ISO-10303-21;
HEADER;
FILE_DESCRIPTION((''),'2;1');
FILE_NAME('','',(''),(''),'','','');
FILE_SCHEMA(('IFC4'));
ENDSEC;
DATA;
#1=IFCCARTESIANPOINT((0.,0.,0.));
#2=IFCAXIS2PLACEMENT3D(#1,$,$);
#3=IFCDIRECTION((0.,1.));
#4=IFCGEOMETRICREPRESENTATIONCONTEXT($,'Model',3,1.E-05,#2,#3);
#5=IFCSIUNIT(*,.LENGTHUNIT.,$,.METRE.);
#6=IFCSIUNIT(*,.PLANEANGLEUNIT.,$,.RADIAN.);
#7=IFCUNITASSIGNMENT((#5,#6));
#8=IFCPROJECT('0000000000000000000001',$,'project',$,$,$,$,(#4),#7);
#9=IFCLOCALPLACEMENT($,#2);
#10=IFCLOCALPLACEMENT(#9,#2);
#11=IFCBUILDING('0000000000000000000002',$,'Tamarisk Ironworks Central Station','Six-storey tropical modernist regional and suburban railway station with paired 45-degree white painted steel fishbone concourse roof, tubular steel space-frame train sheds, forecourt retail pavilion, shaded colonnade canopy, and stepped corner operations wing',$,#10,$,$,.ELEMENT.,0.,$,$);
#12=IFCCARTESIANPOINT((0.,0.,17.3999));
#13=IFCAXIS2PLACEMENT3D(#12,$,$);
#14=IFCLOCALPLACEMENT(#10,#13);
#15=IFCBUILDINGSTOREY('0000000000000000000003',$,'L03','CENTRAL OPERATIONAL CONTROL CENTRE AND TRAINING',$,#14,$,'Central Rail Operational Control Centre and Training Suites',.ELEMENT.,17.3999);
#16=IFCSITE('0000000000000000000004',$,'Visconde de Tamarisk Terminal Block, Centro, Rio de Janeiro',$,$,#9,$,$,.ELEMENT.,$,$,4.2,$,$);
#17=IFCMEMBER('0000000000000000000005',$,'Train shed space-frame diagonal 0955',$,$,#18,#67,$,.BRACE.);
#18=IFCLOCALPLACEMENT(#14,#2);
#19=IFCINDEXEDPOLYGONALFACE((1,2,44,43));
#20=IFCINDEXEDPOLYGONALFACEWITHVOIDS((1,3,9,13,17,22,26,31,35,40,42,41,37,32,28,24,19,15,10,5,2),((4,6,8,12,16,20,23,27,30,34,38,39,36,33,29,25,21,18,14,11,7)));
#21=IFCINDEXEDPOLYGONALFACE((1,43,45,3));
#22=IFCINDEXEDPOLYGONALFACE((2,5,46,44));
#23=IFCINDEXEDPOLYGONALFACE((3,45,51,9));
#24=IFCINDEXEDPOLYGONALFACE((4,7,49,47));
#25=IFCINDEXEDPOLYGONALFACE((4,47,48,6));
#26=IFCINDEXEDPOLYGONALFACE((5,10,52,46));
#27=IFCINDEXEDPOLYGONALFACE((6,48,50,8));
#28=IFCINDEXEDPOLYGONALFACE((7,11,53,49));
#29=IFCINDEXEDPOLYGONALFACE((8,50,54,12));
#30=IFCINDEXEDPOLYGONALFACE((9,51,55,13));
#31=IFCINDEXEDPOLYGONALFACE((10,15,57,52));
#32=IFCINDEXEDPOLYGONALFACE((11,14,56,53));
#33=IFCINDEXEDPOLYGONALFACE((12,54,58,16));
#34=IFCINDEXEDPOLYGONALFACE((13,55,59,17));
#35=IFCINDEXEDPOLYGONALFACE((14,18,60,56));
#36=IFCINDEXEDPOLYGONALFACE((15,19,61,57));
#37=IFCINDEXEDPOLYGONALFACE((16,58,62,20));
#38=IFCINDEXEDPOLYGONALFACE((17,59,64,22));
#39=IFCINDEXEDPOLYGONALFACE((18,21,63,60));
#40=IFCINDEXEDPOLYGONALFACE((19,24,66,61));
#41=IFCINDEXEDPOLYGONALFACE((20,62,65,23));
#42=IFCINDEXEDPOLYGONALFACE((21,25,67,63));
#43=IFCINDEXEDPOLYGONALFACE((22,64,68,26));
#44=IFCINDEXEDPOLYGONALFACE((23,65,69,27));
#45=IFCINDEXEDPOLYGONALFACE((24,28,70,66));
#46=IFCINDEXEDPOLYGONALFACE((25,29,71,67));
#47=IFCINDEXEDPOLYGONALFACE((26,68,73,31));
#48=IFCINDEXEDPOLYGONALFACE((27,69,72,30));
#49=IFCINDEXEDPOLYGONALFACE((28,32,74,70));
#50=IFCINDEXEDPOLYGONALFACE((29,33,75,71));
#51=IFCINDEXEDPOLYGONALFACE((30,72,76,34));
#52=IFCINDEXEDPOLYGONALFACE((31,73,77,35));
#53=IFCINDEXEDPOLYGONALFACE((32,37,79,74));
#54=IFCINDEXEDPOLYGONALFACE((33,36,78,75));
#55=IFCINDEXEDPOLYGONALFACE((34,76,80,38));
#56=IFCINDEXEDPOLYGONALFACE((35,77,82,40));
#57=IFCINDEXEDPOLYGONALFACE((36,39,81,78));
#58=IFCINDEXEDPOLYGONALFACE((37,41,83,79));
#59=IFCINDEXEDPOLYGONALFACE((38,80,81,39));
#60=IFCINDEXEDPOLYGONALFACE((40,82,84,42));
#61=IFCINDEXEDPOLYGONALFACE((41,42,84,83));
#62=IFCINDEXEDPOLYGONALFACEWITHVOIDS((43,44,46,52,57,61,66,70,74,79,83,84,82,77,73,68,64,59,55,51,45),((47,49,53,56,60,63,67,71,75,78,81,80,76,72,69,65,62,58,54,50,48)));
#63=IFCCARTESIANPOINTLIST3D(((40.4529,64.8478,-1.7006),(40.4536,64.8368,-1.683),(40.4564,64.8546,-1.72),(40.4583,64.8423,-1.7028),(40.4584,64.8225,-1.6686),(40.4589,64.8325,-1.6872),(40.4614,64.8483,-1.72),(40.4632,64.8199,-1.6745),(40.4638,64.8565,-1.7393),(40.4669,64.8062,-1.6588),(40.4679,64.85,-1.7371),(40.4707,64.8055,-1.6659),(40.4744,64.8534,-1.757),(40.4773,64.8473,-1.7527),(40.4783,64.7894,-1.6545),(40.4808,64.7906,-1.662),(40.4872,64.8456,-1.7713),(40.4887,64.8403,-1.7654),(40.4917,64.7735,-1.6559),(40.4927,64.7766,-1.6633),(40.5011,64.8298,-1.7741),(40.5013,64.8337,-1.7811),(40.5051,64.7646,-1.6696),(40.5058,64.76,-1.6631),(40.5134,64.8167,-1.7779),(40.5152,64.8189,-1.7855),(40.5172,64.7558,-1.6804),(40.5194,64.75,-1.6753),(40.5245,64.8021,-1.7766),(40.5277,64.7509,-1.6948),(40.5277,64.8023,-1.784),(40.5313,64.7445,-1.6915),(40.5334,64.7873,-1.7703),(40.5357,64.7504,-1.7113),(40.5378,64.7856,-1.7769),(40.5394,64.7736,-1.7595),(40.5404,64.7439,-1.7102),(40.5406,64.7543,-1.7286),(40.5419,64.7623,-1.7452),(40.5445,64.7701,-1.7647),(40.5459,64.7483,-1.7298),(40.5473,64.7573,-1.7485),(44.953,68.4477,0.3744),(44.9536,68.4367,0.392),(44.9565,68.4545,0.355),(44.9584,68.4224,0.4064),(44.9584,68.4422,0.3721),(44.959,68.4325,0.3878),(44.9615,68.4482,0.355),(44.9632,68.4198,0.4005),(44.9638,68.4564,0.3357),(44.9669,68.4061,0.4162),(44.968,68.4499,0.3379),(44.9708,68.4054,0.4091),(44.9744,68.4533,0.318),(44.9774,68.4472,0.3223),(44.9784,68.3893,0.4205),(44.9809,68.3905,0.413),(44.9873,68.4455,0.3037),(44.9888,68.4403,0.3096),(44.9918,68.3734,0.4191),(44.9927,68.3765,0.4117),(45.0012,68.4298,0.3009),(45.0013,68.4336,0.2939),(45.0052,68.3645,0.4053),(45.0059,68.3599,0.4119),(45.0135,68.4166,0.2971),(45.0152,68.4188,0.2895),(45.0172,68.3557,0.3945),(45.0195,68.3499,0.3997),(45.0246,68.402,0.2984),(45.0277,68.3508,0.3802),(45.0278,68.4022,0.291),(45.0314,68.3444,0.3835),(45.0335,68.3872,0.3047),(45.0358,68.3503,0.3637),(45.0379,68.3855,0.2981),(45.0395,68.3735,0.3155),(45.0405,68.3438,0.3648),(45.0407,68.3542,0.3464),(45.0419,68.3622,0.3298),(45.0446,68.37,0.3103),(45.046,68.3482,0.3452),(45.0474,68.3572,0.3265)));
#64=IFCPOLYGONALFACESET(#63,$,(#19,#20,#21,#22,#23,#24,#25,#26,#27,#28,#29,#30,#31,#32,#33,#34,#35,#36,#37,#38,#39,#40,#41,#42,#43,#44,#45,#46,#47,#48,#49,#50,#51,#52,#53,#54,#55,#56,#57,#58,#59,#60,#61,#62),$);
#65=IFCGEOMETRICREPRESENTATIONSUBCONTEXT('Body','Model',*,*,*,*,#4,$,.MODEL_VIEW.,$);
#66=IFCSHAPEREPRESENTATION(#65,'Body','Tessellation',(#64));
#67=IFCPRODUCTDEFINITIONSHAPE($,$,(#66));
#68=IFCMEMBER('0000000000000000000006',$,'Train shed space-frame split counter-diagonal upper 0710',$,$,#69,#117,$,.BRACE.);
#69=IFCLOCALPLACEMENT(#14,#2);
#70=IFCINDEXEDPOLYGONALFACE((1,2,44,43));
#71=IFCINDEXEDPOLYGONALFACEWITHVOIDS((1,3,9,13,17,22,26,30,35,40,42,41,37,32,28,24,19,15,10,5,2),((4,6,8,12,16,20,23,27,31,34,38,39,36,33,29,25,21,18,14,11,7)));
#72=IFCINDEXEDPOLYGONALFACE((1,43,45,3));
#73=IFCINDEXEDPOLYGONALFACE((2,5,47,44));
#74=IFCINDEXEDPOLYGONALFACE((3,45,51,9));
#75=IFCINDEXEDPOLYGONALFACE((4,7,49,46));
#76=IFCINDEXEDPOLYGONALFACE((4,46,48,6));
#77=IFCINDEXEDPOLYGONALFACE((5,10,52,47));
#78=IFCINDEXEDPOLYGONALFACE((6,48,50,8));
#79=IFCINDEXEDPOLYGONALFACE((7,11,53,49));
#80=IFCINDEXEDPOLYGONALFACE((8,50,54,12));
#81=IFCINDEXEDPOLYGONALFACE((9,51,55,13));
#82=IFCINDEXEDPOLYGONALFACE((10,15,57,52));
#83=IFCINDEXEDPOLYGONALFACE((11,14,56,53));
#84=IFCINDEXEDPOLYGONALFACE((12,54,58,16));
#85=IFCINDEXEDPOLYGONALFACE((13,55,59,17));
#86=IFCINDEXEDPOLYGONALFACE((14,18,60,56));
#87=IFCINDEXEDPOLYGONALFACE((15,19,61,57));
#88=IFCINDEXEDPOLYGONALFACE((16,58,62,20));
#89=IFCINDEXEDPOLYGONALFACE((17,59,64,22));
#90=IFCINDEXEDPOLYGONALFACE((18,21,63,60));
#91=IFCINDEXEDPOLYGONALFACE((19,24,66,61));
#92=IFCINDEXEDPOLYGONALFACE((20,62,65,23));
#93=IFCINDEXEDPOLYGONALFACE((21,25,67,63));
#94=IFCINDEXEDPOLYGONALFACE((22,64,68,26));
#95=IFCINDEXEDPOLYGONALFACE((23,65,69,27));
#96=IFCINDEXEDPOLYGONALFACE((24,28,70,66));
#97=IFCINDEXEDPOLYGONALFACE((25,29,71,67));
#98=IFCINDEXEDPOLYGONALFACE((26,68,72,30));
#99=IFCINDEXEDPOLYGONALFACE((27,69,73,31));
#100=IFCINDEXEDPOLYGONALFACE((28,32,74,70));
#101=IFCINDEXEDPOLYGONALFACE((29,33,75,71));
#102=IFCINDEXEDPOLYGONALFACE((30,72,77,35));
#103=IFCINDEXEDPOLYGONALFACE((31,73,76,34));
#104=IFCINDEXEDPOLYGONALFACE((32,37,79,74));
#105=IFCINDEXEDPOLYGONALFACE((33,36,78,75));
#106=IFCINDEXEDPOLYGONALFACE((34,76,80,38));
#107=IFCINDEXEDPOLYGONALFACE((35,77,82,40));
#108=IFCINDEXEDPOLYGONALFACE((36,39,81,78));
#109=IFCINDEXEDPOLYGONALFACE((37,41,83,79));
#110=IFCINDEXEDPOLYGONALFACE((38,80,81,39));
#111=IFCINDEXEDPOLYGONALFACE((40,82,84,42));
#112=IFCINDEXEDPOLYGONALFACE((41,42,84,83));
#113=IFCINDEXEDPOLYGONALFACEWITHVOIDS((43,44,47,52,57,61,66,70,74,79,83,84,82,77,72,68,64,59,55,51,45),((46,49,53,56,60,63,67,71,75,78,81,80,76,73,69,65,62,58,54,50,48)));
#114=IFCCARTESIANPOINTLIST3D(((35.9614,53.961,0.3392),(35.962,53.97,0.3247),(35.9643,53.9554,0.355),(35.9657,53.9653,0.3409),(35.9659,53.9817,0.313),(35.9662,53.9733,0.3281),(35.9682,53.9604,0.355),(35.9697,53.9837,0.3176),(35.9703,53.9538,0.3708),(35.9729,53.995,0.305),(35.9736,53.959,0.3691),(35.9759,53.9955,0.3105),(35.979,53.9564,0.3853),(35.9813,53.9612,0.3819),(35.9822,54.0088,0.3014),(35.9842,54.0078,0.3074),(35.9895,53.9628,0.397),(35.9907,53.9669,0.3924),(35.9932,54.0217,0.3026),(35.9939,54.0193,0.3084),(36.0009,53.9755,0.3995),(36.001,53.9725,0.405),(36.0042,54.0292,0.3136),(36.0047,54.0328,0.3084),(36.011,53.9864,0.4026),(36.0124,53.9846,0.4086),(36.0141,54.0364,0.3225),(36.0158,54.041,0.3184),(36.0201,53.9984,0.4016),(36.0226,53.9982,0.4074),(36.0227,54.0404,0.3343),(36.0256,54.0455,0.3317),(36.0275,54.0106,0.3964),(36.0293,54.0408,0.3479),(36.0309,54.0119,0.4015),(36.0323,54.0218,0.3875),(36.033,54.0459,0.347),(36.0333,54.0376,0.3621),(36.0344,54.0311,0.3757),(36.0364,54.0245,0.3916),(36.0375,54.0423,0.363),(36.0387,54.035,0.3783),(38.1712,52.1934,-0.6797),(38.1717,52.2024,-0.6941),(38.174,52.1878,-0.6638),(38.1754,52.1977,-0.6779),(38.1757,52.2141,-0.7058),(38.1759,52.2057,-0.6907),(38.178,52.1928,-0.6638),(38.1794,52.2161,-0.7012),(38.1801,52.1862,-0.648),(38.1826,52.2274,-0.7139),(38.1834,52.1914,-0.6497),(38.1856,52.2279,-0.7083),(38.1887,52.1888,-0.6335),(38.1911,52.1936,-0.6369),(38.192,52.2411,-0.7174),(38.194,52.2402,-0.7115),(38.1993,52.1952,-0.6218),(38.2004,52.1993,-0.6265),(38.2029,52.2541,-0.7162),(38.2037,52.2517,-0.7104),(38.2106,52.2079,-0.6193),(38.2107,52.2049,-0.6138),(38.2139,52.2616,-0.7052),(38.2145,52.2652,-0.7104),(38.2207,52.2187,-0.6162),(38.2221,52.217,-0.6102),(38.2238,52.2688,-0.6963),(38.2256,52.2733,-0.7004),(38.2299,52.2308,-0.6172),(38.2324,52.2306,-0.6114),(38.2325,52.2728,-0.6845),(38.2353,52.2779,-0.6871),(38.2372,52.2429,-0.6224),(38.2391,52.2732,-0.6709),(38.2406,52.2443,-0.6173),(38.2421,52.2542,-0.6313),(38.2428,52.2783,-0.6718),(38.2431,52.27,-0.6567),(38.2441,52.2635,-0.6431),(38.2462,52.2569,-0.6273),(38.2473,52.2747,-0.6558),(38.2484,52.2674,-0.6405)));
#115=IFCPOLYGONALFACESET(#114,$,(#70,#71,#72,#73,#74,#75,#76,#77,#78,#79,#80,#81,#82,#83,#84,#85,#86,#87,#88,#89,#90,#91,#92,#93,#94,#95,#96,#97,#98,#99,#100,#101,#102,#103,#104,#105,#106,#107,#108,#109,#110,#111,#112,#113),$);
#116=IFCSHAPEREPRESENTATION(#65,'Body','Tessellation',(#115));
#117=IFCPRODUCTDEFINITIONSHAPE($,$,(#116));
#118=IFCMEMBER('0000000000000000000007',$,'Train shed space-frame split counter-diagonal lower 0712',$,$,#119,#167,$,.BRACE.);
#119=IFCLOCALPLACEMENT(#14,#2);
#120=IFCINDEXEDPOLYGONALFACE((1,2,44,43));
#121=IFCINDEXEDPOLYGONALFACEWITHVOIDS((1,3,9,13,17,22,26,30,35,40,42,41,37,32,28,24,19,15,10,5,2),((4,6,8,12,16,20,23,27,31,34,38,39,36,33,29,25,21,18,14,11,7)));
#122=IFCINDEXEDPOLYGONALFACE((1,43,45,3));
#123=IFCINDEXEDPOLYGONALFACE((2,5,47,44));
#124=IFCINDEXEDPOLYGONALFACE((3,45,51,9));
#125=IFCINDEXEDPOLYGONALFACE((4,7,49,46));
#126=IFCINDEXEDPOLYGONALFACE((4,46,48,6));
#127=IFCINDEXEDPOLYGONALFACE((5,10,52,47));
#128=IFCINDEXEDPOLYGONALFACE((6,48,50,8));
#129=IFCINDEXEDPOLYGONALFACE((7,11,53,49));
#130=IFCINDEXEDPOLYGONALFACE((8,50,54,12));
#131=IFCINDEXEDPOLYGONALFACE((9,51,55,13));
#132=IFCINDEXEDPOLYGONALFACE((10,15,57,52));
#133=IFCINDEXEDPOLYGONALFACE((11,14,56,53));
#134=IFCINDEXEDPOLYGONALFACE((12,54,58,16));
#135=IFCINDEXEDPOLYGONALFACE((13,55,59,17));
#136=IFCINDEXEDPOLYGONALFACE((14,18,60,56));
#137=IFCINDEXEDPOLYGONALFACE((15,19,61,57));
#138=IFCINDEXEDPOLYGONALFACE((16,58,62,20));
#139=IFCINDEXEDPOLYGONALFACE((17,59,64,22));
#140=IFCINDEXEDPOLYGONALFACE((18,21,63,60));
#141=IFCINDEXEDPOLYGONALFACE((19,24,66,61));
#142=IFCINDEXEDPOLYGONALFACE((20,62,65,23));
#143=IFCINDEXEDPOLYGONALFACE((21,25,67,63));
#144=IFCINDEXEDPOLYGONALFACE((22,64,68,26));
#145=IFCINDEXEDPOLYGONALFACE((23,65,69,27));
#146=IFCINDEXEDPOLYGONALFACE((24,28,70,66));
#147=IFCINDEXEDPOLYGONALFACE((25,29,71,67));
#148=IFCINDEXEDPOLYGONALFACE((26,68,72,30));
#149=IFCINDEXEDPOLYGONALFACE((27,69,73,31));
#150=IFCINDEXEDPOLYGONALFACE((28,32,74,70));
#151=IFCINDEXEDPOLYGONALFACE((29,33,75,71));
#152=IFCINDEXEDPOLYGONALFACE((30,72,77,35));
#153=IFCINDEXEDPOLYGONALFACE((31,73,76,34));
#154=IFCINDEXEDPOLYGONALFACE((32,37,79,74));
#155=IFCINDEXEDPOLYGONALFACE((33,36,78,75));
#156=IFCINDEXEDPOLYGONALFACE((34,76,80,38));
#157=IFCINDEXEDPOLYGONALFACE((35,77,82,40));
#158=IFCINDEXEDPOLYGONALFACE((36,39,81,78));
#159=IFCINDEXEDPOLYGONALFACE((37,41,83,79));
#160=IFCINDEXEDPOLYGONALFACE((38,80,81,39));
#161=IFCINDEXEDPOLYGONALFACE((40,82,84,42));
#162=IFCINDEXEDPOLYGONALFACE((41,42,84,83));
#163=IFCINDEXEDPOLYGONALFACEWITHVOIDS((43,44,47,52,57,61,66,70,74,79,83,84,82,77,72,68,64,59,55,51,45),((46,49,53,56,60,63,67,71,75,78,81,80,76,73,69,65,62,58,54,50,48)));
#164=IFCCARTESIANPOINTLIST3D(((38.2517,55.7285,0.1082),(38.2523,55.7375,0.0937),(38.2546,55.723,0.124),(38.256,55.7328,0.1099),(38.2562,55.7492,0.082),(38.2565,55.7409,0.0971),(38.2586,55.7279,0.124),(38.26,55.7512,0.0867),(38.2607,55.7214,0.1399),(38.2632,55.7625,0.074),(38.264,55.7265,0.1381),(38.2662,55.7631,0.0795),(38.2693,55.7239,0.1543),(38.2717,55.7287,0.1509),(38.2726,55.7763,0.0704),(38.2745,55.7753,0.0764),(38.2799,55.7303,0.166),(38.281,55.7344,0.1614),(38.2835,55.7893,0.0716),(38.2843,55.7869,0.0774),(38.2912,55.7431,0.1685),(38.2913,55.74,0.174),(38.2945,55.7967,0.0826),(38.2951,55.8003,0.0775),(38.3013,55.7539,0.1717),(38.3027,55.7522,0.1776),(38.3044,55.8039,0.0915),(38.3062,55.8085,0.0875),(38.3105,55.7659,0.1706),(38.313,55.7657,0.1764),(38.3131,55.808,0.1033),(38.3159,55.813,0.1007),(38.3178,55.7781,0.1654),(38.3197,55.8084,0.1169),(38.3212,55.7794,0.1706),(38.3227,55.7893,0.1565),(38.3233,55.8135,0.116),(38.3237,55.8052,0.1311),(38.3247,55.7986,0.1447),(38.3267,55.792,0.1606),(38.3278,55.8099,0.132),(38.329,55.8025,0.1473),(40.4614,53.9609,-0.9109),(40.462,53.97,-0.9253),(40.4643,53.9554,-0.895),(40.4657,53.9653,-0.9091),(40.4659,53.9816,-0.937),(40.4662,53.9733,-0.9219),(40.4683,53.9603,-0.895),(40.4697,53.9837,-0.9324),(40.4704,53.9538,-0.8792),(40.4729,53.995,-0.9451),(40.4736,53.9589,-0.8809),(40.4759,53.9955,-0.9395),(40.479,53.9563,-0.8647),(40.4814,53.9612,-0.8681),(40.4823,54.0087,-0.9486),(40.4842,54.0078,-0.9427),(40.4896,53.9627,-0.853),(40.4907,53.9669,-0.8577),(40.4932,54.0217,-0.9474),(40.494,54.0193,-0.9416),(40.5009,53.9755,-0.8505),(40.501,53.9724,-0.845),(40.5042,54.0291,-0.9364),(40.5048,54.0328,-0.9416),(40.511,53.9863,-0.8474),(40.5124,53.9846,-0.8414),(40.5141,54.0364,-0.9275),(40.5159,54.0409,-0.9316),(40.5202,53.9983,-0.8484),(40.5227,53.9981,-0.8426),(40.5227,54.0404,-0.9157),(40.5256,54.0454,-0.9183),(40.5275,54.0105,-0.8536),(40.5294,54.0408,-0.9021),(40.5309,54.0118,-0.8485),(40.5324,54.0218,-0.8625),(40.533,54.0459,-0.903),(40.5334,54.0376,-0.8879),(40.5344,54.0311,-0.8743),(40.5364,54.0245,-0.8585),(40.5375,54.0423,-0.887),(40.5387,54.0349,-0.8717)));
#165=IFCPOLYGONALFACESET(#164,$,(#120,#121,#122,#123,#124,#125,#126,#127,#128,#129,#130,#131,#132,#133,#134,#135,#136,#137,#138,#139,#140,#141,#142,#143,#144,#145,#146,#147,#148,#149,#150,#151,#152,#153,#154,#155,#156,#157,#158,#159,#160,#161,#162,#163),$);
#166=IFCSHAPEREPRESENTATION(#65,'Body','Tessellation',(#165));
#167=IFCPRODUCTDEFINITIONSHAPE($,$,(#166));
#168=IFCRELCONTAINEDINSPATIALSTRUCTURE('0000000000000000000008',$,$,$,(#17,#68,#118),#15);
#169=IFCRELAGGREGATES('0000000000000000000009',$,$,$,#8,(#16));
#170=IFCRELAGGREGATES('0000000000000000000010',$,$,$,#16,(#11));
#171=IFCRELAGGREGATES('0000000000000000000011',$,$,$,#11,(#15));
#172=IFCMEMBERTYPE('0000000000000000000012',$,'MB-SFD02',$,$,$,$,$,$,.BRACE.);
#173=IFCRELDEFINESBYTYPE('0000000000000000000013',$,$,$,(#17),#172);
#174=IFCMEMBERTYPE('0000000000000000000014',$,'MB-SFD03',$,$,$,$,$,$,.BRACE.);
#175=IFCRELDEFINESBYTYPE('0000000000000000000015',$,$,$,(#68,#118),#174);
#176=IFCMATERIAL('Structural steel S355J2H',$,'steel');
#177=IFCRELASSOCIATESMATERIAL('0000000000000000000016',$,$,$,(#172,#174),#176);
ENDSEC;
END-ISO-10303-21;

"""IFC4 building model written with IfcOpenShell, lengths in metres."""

from ifc_helpers import new_model, si_unit, direction, frame, origin, origin_2d, place, context, subcontext, project, spatial, hollow_circle, extrude, material, material_profile, profile_set, type_object, element, save


model = new_model("IFC4")

# Units and contexts
model_context = context("Model", 3, precision=1e-05, world=origin(), true_north=direction((0.0, 1.0)))
body_context = subcontext(model_context, "Body", "Model", "MODEL_VIEW")
ifc_project = project(units=[si_unit("LENGTHUNIT", "METRE"), si_unit("PLANEANGLEUNIT", "RADIAN")], contexts=[model_context])

# Site, building, storey
site_placement = place(None, origin())
site = spatial("IfcSite", under=ifc_project, at=site_placement, Name="Visconde de Tamarisk Terminal Block, Centro, Rio de Janeiro", CompositionType="ELEMENT", RefElevation=4.2)
building_placement = place(site_placement, origin())
building = spatial("IfcBuilding", under=site, at=building_placement, Name="Tamarisk Ironworks Central Station", Description="Six-storey tropical modernist regional and suburban railway station with paired 45-degree white painted steel fishbone concourse roof, tubular steel space-frame train sheds, forecourt retail pavilion, shaded colonnade canopy, and stepped corner operations wing", CompositionType="ELEMENT", ElevationOfRefHeight=0.0)
storey_placement = place(building_placement, frame((0.0, 0.0, 17.3999)))
storey = spatial("IfcBuildingStorey", under=building, at=storey_placement, Name="L03", Description="CENTRAL OPERATIONAL CONTROL CENTRE AND TRAINING", LongName="Central Rail Operational Control Centre and Training Suites", CompositionType="ELEMENT", Elevation=17.3999)

# Members
ifc_material = material(Name="Structural steel S355J2H", Category="steel")
ifc_material_profile_1 = material_profile(ifc_material, hollow_circle(Radius=0.0698, WallThickness=0.0081, at=origin_2d()), Name="CHS 139.7x8")
ifc_profile_set_1 = profile_set([ifc_material_profile_1], Name="Structural steel S355J2H")
member_type_1 = type_object("IfcMemberType", Name="MB-SFD02", PredefinedType="BRACE", material=ifc_profile_set_1)
member_1_placement = place(storey_placement, frame((40.5, 64.8, -1.72), z_axis=(0.734706, 0.587741, 0.338773), x_axis=(-0.62468, 0.780881, 0.0)))
element("IfcMember", 1, at=member_1_placement, inside=storey, type_object=member_type_1, Name="Train shed space-frame diagonal 0955", PredefinedType="BRACE", context=body_context, shape_type="SweptSolid", body=[
    extrude(hollow_circle(Radius=0.0698, WallThickness=0.0081, at=origin_2d()), origin(), (0.0, 0.0, 1.0), 6.125),
])
ifc_material_profile_2 = material_profile(ifc_material, hollow_circle(Radius=0.0571, WallThickness=0.0063, at=origin_2d()), Name="CHS 114.3x6.3")
ifc_profile_set_2 = profile_set([ifc_material_profile_2], Name="Structural steel S355J2H")
member_type_2 = type_object("IfcMemberType", Name="MB-SFD03", PredefinedType="BRACE", material=ifc_profile_set_2)
for number, where, z_axis, x_axis, name in (
    (2, (38.2097, 52.2324, -0.6638), (-0.734732, 0.587721, 0.338751), (-0.624653, -0.780902, 0.0), "Train shed space-frame split counter-diagonal upper 0710"),
    (3, (40.5, 54.0, -0.895), (-0.734712, 0.587705, 0.338823), (-0.624653, -0.780902, 0.0), "Train shed space-frame split counter-diagonal lower 0712"),
):
    element("IfcMember", number, at=place(storey_placement, frame(where, z_axis=z_axis, x_axis=x_axis)), inside=storey, type_object=member_type_2, Name=name, PredefinedType="BRACE", context=body_context, shape_type="SweptSolid", body=[
        extrude(hollow_circle(Radius=0.0571, WallThickness=0.0063, at=origin_2d()), origin(), (0.0, 0.0, 1.0), 3.0076),
    ])

save(model, "model.ifc")
